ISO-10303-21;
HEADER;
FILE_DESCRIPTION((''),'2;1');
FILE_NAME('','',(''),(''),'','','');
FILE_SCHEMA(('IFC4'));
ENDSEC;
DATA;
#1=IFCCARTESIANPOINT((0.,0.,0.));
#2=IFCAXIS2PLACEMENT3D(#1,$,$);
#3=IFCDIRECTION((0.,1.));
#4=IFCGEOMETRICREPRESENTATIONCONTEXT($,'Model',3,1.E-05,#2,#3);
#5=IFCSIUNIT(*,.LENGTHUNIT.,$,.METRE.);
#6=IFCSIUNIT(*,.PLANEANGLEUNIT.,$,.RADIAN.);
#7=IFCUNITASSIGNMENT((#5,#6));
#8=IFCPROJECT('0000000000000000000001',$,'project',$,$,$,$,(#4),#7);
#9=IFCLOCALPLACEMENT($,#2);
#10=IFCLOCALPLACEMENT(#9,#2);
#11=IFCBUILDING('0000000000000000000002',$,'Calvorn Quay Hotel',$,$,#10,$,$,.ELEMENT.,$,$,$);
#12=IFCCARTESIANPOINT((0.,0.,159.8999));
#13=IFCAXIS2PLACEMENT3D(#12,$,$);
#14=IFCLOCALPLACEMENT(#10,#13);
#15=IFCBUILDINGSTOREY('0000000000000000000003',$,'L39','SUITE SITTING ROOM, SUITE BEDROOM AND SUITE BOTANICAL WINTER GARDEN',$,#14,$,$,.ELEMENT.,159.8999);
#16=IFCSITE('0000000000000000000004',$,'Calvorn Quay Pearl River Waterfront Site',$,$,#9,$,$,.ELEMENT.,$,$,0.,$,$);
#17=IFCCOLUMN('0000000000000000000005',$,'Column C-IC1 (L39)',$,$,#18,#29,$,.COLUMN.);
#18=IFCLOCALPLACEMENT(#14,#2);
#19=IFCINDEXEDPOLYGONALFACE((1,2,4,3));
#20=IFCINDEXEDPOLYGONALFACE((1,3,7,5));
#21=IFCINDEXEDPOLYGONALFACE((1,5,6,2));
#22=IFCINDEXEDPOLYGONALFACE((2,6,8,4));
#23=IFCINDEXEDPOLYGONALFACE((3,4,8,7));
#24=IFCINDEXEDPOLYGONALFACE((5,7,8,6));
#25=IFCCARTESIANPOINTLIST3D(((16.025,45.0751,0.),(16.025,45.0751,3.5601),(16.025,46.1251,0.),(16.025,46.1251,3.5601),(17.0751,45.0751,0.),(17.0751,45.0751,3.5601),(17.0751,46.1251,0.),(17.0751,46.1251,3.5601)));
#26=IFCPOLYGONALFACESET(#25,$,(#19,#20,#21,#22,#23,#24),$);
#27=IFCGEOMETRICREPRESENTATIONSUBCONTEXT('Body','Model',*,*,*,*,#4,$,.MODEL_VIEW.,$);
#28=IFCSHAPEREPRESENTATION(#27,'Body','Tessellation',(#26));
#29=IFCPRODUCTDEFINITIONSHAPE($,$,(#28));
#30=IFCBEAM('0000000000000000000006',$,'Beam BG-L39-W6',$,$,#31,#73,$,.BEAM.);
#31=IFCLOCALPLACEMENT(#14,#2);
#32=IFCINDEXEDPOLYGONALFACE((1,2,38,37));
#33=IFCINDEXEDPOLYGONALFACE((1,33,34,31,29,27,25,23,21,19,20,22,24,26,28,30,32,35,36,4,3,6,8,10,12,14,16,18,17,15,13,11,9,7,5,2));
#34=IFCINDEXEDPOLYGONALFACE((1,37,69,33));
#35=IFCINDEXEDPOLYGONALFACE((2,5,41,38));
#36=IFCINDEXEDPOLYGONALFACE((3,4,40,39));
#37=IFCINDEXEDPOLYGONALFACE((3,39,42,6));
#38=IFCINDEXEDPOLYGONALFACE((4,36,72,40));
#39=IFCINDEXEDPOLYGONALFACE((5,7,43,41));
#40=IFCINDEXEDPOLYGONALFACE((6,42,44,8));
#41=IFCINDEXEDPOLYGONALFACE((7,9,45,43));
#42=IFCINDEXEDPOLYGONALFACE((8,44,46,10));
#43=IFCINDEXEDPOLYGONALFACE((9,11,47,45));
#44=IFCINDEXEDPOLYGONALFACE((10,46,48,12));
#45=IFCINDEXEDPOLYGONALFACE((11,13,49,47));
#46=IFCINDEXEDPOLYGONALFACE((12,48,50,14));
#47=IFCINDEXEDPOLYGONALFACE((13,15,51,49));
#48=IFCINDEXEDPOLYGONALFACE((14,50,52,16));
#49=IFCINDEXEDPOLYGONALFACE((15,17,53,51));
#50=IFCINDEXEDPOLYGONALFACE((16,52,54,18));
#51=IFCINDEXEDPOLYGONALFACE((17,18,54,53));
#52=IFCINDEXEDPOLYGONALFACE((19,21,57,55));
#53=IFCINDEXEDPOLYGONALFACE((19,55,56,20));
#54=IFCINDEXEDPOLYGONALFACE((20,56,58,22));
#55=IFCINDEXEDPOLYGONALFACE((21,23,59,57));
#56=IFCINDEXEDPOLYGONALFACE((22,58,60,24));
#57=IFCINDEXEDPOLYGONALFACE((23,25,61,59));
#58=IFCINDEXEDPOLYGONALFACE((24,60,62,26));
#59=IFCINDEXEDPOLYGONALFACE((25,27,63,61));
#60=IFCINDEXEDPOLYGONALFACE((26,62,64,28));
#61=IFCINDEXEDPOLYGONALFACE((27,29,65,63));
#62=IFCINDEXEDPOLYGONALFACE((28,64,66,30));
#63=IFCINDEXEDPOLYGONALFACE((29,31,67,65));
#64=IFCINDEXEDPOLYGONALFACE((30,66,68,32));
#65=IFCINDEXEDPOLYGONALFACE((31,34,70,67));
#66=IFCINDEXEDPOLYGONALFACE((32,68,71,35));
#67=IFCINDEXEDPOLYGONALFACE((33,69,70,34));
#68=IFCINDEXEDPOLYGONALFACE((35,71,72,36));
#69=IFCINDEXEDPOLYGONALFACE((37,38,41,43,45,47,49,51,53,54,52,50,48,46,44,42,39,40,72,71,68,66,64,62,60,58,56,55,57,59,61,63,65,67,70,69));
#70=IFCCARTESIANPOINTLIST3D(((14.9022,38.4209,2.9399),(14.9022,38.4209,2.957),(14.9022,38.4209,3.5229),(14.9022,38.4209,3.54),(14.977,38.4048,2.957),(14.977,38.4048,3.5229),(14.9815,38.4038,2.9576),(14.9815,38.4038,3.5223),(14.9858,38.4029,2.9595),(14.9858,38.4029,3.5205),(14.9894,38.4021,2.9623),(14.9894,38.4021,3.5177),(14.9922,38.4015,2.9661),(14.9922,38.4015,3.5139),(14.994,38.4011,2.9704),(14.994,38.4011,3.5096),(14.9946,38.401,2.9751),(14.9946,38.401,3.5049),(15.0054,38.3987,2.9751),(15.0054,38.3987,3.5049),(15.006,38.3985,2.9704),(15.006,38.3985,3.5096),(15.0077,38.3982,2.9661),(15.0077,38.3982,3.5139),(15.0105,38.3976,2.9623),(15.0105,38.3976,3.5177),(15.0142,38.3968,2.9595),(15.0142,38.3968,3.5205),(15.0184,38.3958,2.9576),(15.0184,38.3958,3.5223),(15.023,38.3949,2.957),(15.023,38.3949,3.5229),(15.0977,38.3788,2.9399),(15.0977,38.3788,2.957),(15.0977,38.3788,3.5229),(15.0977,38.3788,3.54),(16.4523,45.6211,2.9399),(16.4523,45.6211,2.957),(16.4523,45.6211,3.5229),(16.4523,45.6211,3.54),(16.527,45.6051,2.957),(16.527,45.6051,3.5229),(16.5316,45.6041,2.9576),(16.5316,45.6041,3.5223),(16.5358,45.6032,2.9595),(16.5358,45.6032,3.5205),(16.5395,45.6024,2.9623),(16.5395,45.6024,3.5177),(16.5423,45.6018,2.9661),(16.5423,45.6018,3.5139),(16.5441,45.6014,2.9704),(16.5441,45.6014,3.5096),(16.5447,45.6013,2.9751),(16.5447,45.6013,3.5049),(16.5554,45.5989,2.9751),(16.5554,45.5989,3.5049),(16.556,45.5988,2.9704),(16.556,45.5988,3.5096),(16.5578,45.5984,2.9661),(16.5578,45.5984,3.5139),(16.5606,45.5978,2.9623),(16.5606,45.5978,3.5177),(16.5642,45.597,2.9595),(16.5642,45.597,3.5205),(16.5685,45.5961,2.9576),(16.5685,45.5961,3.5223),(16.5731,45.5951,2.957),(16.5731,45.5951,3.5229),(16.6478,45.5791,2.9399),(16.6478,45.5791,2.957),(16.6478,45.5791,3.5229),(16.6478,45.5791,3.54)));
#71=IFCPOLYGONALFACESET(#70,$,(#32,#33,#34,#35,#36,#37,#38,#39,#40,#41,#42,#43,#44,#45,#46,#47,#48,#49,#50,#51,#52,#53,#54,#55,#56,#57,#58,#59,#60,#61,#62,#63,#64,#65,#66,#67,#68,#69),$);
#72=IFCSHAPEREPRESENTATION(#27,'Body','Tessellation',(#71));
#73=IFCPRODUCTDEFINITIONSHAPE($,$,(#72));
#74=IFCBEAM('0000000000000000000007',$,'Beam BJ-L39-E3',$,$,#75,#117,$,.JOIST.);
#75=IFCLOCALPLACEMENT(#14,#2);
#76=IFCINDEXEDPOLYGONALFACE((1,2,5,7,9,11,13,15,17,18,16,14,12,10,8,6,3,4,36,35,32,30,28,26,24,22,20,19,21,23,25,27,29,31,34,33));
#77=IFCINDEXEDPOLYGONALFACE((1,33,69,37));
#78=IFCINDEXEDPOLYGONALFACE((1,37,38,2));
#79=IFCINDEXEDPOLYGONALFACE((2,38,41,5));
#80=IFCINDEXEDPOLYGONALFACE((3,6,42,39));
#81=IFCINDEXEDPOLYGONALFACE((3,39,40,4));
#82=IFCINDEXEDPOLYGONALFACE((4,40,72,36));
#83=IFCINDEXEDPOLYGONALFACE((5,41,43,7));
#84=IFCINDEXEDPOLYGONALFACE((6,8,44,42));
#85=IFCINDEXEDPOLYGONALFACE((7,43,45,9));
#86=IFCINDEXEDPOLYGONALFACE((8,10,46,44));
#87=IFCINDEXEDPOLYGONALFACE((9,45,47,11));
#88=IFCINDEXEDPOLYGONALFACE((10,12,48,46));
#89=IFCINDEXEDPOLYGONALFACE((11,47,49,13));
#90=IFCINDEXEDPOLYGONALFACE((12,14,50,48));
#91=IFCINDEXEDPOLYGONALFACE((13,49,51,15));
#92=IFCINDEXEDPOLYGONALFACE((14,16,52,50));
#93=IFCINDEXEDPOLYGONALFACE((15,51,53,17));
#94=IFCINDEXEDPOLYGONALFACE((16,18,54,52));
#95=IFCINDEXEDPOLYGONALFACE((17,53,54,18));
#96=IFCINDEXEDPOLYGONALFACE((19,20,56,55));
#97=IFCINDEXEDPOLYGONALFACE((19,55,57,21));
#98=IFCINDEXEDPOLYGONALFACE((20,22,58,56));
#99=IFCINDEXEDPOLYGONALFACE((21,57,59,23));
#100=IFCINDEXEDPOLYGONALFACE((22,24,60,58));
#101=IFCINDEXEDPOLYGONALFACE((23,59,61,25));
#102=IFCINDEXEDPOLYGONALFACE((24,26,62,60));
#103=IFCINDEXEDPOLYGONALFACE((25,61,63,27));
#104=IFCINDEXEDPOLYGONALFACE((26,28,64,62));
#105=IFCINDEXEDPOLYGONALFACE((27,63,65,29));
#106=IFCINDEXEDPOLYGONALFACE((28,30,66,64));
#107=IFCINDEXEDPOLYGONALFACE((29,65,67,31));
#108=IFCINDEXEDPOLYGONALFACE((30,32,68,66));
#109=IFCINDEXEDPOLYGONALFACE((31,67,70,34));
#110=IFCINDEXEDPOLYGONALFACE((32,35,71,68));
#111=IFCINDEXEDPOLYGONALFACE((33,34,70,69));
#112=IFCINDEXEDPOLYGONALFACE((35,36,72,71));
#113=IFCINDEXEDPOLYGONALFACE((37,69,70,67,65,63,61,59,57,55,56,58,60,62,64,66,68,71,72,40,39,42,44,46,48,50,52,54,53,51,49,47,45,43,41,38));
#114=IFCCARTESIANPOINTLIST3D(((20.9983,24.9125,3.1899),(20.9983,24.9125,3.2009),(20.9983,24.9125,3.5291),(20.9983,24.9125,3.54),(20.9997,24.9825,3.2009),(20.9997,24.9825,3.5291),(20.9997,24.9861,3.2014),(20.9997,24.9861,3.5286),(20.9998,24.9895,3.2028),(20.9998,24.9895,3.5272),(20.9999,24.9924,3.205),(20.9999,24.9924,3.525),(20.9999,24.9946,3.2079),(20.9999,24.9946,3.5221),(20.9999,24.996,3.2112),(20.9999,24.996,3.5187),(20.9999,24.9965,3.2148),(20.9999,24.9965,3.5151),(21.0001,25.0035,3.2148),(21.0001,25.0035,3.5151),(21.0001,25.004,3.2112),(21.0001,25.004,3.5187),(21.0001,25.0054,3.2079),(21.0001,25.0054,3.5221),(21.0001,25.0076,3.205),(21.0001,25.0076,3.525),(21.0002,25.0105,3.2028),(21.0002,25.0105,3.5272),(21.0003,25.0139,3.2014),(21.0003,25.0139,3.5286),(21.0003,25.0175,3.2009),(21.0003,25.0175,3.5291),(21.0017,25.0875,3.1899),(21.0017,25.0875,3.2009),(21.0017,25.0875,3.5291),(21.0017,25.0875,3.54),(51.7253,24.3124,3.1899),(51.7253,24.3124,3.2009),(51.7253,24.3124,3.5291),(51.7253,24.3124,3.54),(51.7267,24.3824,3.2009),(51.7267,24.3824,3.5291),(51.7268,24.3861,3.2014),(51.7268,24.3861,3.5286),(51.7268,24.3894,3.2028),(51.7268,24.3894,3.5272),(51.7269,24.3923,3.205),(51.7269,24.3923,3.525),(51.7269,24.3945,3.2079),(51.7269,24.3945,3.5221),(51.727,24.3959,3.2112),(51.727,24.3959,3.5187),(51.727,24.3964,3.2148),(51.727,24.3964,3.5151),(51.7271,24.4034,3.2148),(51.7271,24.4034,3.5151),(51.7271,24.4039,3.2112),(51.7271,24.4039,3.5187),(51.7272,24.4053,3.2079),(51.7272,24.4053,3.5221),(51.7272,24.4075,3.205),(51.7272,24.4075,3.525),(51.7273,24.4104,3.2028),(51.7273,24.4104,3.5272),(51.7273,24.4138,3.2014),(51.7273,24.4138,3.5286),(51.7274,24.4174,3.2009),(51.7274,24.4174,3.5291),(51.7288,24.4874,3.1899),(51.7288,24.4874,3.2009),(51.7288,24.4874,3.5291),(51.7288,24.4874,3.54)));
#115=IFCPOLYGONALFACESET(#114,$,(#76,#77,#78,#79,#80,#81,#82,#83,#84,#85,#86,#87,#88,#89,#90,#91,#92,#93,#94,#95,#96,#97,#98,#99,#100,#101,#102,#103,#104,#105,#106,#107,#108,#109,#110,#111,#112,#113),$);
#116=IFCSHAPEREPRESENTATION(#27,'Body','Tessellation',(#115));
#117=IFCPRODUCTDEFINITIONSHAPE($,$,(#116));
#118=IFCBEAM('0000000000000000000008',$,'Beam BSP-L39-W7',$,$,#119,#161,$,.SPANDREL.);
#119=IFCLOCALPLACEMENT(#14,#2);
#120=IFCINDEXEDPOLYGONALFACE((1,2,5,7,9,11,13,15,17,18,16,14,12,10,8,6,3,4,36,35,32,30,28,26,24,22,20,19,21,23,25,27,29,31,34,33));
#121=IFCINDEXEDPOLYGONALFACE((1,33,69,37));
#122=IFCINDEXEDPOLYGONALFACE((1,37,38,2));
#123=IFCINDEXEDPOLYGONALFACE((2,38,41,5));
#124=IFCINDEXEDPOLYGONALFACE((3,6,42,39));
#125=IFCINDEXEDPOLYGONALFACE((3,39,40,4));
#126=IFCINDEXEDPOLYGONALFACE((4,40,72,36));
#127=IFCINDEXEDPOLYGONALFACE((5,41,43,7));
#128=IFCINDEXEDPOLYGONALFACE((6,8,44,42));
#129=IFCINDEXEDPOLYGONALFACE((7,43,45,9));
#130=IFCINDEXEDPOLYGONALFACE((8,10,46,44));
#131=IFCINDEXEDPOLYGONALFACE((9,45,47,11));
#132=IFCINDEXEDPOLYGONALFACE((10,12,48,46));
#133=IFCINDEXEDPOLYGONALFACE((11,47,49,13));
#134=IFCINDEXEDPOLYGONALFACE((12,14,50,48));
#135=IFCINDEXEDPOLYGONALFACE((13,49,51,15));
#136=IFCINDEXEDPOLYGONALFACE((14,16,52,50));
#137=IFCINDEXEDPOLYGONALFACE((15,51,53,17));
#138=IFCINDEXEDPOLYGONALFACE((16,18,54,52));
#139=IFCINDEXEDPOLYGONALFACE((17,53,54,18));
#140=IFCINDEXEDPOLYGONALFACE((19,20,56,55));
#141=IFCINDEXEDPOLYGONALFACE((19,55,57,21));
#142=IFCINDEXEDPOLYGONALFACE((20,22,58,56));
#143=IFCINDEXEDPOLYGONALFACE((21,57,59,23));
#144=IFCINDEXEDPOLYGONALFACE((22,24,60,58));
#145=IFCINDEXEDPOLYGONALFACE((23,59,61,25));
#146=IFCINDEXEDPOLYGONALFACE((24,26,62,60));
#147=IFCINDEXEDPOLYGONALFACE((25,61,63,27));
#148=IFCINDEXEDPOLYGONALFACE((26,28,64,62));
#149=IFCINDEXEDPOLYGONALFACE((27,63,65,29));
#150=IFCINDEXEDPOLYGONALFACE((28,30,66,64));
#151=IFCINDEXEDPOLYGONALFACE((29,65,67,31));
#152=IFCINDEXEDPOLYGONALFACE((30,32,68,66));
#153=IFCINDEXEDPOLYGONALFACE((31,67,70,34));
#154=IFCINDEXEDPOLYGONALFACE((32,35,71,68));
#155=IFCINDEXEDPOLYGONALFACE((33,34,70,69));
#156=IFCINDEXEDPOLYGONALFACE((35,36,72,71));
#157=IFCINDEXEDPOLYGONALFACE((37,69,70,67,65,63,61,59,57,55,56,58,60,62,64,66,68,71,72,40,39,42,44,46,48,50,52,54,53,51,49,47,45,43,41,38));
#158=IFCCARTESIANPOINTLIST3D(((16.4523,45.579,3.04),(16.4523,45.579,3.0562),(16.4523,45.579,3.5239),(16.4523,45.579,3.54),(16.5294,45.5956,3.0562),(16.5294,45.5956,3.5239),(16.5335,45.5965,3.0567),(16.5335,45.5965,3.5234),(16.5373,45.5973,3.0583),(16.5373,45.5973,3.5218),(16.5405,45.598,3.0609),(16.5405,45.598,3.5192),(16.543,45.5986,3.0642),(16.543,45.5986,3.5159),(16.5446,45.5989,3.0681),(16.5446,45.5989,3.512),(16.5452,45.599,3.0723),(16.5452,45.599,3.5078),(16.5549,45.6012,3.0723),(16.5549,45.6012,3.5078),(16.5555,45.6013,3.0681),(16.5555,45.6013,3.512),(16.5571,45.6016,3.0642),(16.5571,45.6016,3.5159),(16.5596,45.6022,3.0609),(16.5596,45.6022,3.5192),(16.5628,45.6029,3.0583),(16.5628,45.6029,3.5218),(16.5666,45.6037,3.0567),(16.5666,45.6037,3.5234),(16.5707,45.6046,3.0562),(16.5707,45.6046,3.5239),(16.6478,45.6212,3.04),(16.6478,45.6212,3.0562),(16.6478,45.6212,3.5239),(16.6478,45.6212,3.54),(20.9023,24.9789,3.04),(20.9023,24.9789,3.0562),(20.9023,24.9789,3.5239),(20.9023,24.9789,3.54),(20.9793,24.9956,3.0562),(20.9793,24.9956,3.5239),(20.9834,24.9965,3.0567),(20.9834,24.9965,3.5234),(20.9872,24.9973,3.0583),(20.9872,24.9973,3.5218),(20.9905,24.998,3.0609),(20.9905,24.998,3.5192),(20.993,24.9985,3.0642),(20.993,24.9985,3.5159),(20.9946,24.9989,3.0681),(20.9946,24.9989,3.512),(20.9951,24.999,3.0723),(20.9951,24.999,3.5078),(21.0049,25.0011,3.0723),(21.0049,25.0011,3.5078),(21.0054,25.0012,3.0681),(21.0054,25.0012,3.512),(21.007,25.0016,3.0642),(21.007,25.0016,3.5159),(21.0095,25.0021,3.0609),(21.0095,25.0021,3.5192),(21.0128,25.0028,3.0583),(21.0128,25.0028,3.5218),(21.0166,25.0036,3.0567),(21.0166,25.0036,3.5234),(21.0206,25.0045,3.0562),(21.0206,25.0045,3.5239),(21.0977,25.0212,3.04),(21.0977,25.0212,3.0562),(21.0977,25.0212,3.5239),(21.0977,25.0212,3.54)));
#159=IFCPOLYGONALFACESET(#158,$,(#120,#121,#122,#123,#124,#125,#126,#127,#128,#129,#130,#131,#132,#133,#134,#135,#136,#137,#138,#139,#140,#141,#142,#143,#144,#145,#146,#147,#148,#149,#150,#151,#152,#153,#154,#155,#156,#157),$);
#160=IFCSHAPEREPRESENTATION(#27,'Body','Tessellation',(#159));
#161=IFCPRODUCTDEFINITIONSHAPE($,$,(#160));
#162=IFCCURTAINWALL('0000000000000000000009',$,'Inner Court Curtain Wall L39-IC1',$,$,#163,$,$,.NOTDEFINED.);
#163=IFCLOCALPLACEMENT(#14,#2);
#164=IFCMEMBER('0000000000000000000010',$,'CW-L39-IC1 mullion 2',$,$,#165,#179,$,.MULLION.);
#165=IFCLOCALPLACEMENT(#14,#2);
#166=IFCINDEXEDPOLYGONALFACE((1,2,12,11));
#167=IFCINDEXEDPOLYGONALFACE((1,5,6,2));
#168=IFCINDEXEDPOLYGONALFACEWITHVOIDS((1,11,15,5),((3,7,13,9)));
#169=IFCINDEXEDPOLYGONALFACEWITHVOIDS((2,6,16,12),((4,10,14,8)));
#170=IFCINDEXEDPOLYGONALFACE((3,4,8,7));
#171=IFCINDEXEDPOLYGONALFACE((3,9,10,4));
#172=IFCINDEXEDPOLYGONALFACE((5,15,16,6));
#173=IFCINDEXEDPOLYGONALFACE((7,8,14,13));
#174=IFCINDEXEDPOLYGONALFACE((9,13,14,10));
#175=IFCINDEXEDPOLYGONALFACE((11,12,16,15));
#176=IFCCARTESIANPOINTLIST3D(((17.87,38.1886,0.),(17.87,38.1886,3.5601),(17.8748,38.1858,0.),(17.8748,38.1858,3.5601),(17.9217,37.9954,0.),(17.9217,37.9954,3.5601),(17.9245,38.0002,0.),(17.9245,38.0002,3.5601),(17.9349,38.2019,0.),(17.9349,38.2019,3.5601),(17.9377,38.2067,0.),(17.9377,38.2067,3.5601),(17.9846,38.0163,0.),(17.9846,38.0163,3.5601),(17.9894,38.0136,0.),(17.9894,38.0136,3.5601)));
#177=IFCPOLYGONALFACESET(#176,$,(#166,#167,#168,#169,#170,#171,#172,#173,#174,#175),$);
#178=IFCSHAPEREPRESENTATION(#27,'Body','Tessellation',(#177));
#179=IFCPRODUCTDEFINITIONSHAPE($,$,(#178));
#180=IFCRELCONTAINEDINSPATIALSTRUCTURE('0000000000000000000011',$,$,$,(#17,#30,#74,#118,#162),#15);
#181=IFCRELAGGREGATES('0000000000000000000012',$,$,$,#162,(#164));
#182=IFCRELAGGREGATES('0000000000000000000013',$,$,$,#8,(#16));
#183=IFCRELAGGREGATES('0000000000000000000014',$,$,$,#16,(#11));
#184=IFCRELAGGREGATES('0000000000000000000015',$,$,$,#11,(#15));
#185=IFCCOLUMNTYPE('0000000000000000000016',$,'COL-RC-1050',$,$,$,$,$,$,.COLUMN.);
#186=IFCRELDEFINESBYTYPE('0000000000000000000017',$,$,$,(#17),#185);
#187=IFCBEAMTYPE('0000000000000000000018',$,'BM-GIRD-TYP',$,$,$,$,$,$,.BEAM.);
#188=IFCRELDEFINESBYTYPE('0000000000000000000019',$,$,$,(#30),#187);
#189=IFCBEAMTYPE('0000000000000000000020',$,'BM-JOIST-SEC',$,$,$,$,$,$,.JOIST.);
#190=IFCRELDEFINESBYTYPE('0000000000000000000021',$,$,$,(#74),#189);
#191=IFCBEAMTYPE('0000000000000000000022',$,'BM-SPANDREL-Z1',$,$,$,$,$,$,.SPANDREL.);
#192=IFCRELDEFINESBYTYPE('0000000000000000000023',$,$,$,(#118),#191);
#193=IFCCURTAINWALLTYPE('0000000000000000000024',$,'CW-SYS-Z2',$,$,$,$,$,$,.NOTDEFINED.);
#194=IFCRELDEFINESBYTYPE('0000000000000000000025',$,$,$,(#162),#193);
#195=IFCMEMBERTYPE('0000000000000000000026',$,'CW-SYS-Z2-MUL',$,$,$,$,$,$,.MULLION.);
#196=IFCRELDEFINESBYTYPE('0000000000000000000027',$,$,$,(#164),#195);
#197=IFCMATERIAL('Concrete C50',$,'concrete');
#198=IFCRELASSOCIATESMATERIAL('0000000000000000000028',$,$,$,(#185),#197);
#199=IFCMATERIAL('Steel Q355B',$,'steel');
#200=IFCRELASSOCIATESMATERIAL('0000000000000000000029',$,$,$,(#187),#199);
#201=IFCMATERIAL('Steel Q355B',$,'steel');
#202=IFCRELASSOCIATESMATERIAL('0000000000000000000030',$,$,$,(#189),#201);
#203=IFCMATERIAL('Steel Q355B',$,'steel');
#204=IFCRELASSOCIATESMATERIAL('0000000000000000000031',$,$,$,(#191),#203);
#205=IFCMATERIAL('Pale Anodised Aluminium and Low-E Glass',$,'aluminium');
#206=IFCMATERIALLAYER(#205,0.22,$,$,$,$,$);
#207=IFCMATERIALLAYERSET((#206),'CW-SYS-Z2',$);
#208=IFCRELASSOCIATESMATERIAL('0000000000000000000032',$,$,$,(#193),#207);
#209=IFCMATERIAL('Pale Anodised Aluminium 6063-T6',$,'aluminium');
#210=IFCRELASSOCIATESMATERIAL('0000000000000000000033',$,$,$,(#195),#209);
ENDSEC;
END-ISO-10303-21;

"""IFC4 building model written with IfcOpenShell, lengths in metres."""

from ifc_helpers import new_model, si_unit, direction, frame, origin, origin_2d, place, context, subcontext, project, spatial, rectangle, hollow_rectangle, i_section, extrude, material, layer, layer_set, material_profile, profile_set, type_object, element, aggregate, save


model = new_model("IFC4")

# Units and contexts
model_context = context("Model", 3, precision=1e-05, world=origin(), true_north=direction((0.0, 1.0)))
body_context = subcontext(model_context, "Body", "Model", "MODEL_VIEW")
ifc_project = project(units=[si_unit("LENGTHUNIT", "METRE"), si_unit("PLANEANGLEUNIT", "RADIAN")], contexts=[model_context])

# Site, building, storey
site_placement = place(None, origin())
site = spatial("IfcSite", under=ifc_project, at=site_placement, Name="Calvorn Quay Pearl River Waterfront Site", CompositionType="ELEMENT", RefElevation=0.0)
building_placement = place(site_placement, origin())
building = spatial("IfcBuilding", under=site, at=building_placement, Name="Calvorn Quay Hotel", CompositionType="ELEMENT")
storey_placement = place(building_placement, frame((0.0, 0.0, 159.8999)))
storey = spatial("IfcBuildingStorey", under=building, at=storey_placement, Name="L39", Description="SUITE SITTING ROOM, SUITE BEDROOM AND SUITE BOTANICAL WINTER GARDEN", CompositionType="ELEMENT", Elevation=159.8999)

# Column
ifc_material_1 = material(Name="Concrete C50", Category="concrete")
ifc_material_profile_1 = material_profile(ifc_material_1, rectangle(XDim=1.05, YDim=1.05, at=origin_2d()), Name="RC1050x1050")
ifc_profile_set_1 = profile_set([ifc_material_profile_1], Name="Concrete C50")
column_type = type_object("IfcColumnType", Name="COL-RC-1050", PredefinedType="COLUMN", material=ifc_profile_set_1)
column_placement = place(storey_placement, frame((16.55, 45.6001, 0.0), z_axis=(0.0, 0.0, 1.0), x_axis=(1.0, 0.0, 0.0)))
element("IfcColumn", 1, at=column_placement, inside=storey, type_object=column_type, Name="Column C-IC1 (L39)", PredefinedType="COLUMN", context=body_context, shape_type="SweptSolid", body=[
    extrude(rectangle(XDim=1.05, YDim=1.05, at=origin_2d()), origin(), (0.0, 0.0, 1.0), 3.5601),
])

# Beams
ifc_material_2 = material(Name="Steel Q355B", Category="steel")
ifc_material_profile_2 = material_profile(ifc_material_2, i_section(OverallWidth=0.2, OverallDepth=0.6001, WebThickness=0.011, FlangeThickness=0.0171, FilletRadius=0.0181, at=origin_2d()), Name="HN600x200x11x17")
ifc_profile_set_2 = profile_set([ifc_material_profile_2], Name="Steel Q355B")
beam_type_1 = type_object("IfcBeamType", Name="BM-GIRD-TYP", PredefinedType="BEAM", material=ifc_profile_set_2)
beam_1_placement = place(storey_placement, frame((16.55, 45.6001, 3.24), z_axis=(-0.210457, -0.977603, 0.0), x_axis=(0.977603, -0.210457, 0.0)))
element("IfcBeam", 2, at=beam_1_placement, inside=storey, type_object=beam_type_1, Name="Beam BG-L39-W6", PredefinedType="BEAM", context=body_context, shape_type="SweptSolid", body=[
    extrude(i_section(OverallWidth=0.2, OverallDepth=0.6001, WebThickness=0.011, FlangeThickness=0.0171, FilletRadius=0.0181, at=origin_2d()), origin(), (0.0, 0.0, 1.0), 7.3652),
])
ifc_material_3 = material(Name="Steel Q355B", Category="steel")
ifc_material_profile_3 = material_profile(ifc_material_3, i_section(OverallWidth=0.175, OverallDepth=0.3501, WebThickness=0.0071, FlangeThickness=0.011, FilletRadius=0.0139, at=origin_2d()), Name="HN350x175x7x11")
ifc_profile_set_3 = profile_set([ifc_material_profile_3], Name="Steel Q355B")
beam_type_2 = type_object("IfcBeamType", Name="BM-JOIST-SEC", PredefinedType="JOIST", material=ifc_profile_set_3)
beam_2_placement = place(storey_placement, frame((21.0, 25.0, 3.365), z_axis=(0.999809, -0.019526, 0.0), x_axis=(0.019526, 0.999809, 0.0)))
element("IfcBeam", 3, at=beam_2_placement, inside=storey, type_object=beam_type_2, Name="Beam BJ-L39-E3", PredefinedType="JOIST", context=body_context, shape_type="SweptSolid", body=[
    extrude(i_section(OverallWidth=0.175, OverallDepth=0.3501, WebThickness=0.0071, FlangeThickness=0.011, FilletRadius=0.0139, at=origin_2d()), origin(), (0.0, 0.0, 1.0), 30.7329),
])
ifc_material_4 = material(Name="Steel Q355B", Category="steel")
ifc_material_profile_4 = material_profile(ifc_material_4, i_section(OverallWidth=0.2, OverallDepth=0.5, WebThickness=0.01, FlangeThickness=0.0161, FilletRadius=0.0161, at=origin_2d()), Name="HN500x200x10x16")
ifc_profile_set_4 = profile_set([ifc_material_profile_4], Name="Steel Q355B")
beam_type_3 = type_object("IfcBeamType", Name="BM-SPANDREL-Z1", PredefinedType="SPANDREL", material=ifc_profile_set_4)
beam_3_placement = place(storey_placement, frame((16.55, 45.6001, 3.29), z_axis=(0.211146, -0.977455, 0.0), x_axis=(0.977455, 0.211146, 0.0)))
element("IfcBeam", 4, at=beam_3_placement, inside=storey, type_object=beam_type_3, Name="Beam BSP-L39-W7", PredefinedType="SPANDREL", context=body_context, shape_type="SweptSolid", body=[
    extrude(i_section(OverallWidth=0.2, OverallDepth=0.5, WebThickness=0.01, FlangeThickness=0.0161, FilletRadius=0.0161, at=origin_2d()), origin(), (0.0, 0.0, 1.0), 21.0752),
])

# Curtain wall, member
ifc_material_5 = material(Name="Pale Anodised Aluminium and Low-E Glass", Category="aluminium")
ifc_layer_1 = layer(ifc_material_5, 0.22)
ifc_layer_set_1 = layer_set([ifc_layer_1], Name="CW-SYS-Z2")
curtain_wall_type = type_object("IfcCurtainWallType", Name="CW-SYS-Z2", PredefinedType="NOTDEFINED", material=ifc_layer_set_1)
curtain_wall_1_placement = place(storey_placement, origin())
curtain_wall_1 = element("IfcCurtainWall", 5, at=curtain_wall_1_placement, inside=storey, type_object=curtain_wall_type, Name="Inner Court Curtain Wall L39-IC1", PredefinedType="NOTDEFINED")
ifc_material_6 = material(Name="Pale Anodised Aluminium 6063-T6", Category="aluminium")
ifc_material_profile_5 = material_profile(ifc_material_6, hollow_rectangle(XDim=0.0701, YDim=0.2, WallThickness=0.0039, at=origin_2d()), Name="ALU-M200x70x4")
ifc_profile_set_5 = profile_set([ifc_material_profile_5], Name="Pale Anodised Aluminium 6063-T6")
member_type_1 = type_object("IfcMemberType", Name="CW-SYS-Z2-MUL", PredefinedType="MULLION", material=ifc_profile_set_5)
member_1_placement = place(storey_placement, frame((17.9297, 38.1011, 0.0), z_axis=(0.0, 0.0, 1.0), x_axis=(-0.965937, -0.258779, 0.0)))
member_1 = element("IfcMember", 6, at=member_1_placement, type_object=member_type_1, Name="CW-L39-IC1 mullion 2", PredefinedType="MULLION", context=body_context, shape_type="SweptSolid", body=[
    extrude(hollow_rectangle(XDim=0.0701, YDim=0.2, WallThickness=0.0039, at=origin_2d()), origin(), (0.0, 0.0, 1.0), 3.5601),
])

aggregate(curtain_wall_1, [member_1])

save(model, "model.ifc")
